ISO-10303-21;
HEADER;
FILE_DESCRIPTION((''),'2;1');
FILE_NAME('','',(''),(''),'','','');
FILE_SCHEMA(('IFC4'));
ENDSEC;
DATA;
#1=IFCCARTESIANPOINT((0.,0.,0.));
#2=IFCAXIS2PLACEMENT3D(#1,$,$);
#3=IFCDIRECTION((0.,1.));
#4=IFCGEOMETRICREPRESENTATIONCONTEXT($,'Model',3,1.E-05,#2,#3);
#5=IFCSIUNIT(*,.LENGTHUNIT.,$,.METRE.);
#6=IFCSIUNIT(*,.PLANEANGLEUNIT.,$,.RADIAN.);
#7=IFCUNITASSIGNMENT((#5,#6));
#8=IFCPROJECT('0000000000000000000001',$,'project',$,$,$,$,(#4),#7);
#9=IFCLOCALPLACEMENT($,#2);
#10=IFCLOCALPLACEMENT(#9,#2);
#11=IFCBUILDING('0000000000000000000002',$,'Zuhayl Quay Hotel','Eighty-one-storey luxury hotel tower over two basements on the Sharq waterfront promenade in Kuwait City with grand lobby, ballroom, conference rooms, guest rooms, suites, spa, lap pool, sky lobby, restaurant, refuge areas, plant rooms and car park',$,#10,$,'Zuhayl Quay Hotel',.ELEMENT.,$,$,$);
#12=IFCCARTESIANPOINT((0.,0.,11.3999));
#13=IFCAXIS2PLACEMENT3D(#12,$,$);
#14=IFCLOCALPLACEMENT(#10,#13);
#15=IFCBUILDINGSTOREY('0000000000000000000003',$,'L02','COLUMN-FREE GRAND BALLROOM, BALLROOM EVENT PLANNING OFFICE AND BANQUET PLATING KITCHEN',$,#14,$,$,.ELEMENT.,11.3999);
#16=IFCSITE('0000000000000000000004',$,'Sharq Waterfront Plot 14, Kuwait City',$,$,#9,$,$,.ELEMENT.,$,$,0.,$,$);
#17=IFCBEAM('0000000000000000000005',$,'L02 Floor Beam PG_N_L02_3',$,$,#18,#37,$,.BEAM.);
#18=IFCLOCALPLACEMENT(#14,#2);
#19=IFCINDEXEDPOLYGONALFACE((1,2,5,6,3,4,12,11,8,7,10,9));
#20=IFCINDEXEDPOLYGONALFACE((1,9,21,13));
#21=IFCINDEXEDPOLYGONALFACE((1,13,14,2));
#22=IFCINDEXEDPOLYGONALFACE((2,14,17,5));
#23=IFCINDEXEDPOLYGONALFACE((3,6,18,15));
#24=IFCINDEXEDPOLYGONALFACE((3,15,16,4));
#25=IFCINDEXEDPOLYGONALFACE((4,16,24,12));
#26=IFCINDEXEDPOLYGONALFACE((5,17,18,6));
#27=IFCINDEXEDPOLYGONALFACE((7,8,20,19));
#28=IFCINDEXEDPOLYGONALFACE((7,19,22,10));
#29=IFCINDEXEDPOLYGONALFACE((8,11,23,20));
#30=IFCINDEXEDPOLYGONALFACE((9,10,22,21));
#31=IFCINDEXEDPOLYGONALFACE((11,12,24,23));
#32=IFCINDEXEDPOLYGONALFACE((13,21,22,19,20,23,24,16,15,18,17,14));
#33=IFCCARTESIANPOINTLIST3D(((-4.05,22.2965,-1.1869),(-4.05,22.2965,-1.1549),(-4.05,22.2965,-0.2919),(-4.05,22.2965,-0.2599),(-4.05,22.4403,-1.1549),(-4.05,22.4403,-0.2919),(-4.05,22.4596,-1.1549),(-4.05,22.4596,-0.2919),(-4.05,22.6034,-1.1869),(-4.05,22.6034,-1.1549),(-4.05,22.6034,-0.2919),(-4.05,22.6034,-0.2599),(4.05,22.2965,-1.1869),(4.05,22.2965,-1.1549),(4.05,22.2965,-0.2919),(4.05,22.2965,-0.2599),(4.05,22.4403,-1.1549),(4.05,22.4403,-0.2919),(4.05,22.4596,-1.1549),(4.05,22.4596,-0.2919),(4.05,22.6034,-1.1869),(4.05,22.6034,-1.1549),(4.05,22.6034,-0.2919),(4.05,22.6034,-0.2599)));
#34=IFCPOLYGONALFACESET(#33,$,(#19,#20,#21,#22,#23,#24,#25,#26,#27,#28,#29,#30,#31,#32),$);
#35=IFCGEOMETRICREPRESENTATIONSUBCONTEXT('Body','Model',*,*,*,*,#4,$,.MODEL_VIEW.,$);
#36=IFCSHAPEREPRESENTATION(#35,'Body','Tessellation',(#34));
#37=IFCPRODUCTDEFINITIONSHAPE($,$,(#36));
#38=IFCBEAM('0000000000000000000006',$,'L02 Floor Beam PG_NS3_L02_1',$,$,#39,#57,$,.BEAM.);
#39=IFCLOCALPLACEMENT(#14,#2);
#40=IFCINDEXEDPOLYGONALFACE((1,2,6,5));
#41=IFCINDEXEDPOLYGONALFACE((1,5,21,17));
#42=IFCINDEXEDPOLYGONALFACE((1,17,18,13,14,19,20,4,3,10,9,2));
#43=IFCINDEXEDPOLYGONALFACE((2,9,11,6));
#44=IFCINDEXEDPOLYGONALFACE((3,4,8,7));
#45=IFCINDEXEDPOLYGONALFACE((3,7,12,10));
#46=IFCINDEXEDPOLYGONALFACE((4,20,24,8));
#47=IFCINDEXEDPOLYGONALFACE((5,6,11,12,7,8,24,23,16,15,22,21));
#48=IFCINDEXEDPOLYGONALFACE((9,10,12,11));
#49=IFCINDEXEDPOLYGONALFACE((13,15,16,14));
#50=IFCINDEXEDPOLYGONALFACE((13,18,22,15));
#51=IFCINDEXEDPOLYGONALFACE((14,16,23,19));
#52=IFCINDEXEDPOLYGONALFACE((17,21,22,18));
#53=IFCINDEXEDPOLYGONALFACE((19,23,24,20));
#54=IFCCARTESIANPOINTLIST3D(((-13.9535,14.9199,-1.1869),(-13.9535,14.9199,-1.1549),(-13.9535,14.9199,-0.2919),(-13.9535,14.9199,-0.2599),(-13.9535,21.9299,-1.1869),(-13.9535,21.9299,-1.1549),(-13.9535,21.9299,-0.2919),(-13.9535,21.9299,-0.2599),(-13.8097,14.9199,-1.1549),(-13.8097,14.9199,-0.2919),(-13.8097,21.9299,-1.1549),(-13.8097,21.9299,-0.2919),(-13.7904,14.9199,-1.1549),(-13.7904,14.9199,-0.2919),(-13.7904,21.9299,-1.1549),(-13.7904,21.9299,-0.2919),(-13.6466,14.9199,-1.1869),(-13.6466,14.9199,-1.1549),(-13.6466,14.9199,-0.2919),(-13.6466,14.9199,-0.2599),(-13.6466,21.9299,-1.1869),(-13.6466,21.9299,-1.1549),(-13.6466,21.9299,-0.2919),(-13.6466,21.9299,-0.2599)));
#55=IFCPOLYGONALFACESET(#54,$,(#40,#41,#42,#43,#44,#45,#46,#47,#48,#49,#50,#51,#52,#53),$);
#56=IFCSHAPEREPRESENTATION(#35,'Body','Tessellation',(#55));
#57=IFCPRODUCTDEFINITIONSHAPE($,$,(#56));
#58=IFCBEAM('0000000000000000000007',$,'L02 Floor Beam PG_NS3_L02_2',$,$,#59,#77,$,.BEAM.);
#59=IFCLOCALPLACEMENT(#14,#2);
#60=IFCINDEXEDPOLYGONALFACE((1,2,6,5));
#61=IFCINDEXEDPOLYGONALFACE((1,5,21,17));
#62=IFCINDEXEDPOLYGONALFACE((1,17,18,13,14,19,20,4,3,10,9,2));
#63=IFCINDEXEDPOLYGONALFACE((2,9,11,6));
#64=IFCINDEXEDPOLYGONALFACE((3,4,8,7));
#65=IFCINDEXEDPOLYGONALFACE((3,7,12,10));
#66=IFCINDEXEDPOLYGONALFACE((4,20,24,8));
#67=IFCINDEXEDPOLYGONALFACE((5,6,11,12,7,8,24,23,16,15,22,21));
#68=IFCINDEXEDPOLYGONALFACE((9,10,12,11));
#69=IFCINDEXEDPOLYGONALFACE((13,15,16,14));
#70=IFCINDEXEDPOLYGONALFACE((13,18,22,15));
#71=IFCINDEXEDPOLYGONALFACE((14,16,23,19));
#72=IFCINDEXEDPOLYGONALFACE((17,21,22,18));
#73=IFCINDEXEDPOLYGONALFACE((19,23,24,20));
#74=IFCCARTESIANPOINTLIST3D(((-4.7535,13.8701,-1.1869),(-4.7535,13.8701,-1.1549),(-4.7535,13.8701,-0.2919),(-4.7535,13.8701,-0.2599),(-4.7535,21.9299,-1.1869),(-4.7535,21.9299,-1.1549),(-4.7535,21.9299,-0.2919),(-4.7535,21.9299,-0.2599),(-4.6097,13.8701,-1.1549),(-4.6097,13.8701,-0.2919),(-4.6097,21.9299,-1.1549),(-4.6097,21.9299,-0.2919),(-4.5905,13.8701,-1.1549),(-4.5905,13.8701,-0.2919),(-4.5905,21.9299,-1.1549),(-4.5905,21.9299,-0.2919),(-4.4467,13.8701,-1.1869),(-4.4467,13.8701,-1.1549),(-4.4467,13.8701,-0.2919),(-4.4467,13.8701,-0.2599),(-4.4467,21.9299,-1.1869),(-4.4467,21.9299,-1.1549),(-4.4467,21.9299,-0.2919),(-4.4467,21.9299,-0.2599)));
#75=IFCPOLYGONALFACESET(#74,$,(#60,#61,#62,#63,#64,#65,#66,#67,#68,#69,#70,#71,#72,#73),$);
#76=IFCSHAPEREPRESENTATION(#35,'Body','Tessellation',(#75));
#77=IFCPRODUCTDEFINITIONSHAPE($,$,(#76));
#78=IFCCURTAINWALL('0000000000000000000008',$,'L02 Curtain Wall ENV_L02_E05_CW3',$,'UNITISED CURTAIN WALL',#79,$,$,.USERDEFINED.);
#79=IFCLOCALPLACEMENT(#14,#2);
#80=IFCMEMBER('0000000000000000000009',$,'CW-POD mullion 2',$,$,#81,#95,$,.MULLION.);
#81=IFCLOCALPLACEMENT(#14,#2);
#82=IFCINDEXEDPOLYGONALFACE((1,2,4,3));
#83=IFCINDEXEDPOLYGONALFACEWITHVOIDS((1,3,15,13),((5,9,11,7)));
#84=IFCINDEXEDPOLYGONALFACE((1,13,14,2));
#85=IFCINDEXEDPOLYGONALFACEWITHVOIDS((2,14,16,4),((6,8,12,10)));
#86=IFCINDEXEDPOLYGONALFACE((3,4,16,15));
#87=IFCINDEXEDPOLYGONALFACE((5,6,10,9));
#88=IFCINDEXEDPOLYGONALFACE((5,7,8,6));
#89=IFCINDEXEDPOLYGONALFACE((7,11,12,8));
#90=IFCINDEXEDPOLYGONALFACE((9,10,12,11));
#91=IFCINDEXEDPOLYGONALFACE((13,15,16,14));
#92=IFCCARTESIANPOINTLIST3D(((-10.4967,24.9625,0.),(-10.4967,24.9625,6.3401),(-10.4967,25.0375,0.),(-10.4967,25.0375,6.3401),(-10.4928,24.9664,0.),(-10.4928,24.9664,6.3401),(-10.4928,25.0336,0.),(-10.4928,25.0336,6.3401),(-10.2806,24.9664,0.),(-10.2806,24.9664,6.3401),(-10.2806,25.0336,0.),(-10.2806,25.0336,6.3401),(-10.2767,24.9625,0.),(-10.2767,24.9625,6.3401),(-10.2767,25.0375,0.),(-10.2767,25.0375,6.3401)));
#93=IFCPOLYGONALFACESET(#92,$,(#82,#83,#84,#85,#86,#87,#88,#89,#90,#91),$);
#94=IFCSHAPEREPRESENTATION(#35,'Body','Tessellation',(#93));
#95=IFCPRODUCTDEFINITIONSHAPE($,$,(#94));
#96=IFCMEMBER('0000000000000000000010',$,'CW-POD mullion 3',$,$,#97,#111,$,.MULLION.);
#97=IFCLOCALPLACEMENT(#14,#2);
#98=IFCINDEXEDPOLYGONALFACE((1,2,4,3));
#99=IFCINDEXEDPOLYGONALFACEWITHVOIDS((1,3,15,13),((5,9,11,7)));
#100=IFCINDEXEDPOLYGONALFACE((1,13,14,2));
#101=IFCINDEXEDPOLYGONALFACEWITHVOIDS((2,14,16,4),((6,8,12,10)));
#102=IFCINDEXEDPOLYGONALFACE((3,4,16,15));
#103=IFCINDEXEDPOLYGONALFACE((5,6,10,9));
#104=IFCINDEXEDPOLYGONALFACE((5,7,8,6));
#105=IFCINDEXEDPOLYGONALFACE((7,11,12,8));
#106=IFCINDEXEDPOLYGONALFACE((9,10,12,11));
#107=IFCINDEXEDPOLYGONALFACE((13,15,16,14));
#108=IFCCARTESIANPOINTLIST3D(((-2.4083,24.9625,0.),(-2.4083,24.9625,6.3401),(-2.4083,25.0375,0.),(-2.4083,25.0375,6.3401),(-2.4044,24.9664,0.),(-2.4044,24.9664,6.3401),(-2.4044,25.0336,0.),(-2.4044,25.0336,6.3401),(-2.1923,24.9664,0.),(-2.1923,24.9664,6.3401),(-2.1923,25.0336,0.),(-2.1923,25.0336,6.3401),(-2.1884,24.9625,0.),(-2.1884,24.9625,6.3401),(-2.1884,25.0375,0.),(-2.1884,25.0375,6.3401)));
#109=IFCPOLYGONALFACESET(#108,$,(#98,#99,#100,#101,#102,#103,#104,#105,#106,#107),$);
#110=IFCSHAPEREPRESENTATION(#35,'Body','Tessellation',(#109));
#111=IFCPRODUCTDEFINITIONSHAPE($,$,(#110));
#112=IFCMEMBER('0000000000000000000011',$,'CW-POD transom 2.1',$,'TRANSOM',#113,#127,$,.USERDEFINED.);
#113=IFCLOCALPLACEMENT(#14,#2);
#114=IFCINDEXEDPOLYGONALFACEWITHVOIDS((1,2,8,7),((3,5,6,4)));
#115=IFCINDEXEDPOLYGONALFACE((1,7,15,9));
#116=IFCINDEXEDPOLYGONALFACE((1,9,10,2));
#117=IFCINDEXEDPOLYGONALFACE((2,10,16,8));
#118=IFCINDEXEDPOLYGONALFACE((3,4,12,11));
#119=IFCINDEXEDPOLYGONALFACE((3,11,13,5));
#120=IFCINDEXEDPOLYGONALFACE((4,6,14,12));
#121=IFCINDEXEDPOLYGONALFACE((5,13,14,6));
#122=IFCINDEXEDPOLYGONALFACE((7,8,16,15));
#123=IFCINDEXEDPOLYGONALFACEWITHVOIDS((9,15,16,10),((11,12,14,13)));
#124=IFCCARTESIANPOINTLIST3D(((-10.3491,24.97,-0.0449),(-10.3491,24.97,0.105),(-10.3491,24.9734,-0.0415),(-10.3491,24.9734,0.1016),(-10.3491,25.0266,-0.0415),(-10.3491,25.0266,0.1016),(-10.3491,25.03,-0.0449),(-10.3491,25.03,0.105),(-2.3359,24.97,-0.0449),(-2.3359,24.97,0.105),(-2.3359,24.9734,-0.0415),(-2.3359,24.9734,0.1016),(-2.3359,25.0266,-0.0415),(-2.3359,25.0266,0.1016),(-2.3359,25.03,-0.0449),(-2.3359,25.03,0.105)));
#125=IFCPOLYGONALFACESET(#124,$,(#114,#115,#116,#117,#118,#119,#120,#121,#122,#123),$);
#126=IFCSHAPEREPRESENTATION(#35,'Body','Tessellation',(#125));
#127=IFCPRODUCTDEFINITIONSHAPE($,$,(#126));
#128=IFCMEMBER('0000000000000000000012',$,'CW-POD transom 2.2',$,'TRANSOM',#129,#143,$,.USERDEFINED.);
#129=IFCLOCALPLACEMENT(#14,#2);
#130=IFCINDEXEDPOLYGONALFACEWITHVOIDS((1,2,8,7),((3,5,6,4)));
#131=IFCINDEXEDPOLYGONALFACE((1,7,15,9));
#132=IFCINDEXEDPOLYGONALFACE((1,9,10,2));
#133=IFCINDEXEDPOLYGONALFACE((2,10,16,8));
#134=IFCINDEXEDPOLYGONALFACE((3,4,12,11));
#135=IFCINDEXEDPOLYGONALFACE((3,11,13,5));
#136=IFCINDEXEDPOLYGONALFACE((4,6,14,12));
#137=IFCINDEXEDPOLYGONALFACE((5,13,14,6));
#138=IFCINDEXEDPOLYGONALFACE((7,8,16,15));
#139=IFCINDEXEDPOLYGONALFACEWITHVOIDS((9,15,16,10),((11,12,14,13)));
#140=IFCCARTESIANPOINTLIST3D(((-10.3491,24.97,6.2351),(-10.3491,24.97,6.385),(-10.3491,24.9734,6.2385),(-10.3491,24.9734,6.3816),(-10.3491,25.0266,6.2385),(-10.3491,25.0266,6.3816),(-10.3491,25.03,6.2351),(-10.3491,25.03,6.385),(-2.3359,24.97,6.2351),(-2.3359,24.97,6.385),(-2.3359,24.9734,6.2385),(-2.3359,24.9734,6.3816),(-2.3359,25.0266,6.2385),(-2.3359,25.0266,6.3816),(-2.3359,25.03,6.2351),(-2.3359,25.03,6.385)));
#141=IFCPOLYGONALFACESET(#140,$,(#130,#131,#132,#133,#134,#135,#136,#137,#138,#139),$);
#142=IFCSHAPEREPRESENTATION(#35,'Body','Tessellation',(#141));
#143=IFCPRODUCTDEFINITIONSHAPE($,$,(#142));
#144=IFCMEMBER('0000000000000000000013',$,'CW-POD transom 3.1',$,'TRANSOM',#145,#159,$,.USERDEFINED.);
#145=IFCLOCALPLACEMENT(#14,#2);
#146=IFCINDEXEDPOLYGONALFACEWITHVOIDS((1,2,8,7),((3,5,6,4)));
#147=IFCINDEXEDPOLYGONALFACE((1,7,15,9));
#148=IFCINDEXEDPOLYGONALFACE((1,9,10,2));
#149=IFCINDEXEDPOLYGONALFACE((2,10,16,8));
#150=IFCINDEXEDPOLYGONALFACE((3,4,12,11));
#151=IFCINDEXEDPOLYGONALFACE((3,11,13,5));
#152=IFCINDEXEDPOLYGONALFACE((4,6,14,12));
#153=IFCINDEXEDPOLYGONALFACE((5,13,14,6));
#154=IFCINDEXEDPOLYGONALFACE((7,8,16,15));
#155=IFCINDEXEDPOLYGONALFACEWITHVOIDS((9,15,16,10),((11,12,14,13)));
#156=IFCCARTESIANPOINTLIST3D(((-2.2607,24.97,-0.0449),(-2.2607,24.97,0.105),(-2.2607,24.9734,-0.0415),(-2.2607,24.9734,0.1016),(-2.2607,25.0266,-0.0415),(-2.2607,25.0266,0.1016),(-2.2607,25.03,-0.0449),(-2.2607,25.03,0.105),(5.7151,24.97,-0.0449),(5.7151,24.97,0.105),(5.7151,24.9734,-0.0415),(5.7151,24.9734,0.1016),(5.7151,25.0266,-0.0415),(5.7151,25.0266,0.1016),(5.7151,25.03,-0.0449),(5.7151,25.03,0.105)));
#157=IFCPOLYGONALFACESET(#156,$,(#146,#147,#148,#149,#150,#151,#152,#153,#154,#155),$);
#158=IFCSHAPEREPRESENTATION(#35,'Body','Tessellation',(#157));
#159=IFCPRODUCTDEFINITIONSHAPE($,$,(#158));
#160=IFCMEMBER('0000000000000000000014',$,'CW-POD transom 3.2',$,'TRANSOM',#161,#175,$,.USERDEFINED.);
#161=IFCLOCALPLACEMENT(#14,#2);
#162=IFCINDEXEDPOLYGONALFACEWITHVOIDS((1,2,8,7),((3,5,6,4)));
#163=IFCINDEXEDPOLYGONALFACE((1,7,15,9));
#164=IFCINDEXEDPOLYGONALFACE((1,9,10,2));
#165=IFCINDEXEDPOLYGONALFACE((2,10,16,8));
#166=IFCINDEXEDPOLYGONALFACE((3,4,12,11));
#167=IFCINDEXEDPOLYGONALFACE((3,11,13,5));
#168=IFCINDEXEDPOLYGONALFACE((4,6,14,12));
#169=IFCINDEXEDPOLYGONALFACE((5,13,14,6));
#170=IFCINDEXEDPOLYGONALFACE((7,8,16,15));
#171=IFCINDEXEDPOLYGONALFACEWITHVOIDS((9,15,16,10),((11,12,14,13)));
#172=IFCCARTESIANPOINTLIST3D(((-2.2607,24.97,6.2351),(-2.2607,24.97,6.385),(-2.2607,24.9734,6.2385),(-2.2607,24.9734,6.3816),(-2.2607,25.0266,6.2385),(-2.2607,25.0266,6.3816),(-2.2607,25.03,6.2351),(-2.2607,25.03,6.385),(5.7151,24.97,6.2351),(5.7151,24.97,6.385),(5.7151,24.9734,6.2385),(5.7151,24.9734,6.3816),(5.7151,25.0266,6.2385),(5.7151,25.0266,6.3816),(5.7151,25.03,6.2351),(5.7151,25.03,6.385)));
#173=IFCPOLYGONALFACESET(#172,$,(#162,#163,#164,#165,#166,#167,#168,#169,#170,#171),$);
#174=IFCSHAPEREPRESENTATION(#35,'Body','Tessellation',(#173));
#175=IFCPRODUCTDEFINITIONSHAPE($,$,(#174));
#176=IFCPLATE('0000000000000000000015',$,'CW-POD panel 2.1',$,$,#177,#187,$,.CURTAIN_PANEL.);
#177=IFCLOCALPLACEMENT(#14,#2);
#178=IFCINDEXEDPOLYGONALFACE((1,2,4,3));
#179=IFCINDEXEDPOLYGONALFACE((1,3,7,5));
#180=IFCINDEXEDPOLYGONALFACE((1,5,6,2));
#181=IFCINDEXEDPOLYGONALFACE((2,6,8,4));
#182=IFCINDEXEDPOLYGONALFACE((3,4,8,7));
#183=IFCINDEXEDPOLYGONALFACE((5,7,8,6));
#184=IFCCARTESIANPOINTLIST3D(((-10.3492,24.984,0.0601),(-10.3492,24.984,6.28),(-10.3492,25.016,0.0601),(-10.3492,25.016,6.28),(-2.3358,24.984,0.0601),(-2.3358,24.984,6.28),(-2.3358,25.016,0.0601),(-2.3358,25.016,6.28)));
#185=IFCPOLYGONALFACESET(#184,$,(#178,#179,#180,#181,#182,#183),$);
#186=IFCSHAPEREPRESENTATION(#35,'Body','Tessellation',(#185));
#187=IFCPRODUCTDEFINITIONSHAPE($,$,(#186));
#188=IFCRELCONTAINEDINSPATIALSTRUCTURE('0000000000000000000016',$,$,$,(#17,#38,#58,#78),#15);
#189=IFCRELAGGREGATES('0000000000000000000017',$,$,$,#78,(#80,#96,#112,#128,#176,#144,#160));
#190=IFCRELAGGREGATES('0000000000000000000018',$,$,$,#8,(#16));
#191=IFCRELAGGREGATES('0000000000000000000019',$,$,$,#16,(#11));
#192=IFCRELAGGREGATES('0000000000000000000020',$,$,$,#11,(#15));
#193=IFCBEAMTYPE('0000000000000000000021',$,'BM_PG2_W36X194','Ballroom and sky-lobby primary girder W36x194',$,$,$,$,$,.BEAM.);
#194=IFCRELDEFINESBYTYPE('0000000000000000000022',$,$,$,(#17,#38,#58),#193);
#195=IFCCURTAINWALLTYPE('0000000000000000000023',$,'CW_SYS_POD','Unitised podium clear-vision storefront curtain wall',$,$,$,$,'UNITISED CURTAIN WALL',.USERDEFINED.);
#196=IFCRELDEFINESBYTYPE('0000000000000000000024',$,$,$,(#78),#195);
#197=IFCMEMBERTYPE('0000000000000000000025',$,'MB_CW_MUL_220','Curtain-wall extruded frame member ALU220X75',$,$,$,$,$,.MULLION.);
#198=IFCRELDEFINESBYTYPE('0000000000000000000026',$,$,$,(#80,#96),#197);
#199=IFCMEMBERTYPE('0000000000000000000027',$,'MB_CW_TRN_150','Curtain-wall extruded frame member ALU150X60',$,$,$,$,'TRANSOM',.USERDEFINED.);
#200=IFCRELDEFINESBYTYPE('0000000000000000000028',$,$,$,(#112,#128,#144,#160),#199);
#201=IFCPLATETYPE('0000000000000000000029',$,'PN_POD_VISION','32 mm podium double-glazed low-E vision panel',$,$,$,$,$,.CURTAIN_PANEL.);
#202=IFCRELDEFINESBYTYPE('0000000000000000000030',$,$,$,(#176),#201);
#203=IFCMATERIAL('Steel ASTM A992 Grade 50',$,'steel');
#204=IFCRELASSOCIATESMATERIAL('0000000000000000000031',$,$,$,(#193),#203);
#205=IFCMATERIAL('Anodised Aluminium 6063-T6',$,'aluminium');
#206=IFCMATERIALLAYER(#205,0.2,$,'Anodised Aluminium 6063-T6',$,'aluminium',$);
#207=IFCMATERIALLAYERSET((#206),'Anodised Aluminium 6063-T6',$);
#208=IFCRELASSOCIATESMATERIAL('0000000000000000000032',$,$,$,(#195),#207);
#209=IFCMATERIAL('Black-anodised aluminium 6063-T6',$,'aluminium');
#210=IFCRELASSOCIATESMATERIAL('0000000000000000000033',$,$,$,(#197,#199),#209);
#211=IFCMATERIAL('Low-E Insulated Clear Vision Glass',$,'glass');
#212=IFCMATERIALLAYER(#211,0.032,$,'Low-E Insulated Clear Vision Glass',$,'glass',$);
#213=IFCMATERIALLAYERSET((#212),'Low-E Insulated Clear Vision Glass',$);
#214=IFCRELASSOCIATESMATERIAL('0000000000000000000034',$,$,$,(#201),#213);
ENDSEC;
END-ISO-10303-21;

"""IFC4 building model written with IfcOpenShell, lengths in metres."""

from ifc_helpers import new_model, si_unit, direction, frame, origin, origin_2d, place, context, subcontext, project, spatial, rectangle, hollow_rectangle, i_section, extrude, material, layer, layer_set, material_profile, profile_set, type_object, element, aggregate, save


model = new_model("IFC4")

# Units and contexts
model_context = context("Model", 3, precision=1e-05, world=origin(), true_north=direction((0.0, 1.0)))
body_context = subcontext(model_context, "Body", "Model", "MODEL_VIEW")
ifc_project = project(units=[si_unit("LENGTHUNIT", "METRE"), si_unit("PLANEANGLEUNIT", "RADIAN")], contexts=[model_context])

# Site, building, storey
site_placement = place(None, origin())
site = spatial("IfcSite", under=ifc_project, at=site_placement, Name="Sharq Waterfront Plot 14, Kuwait City", CompositionType="ELEMENT", RefElevation=0.0)
building_placement = place(site_placement, origin())
building = spatial("IfcBuilding", under=site, at=building_placement, Name="Zuhayl Quay Hotel", Description="Eighty-one-storey luxury hotel tower over two basements on the Sharq waterfront promenade in Kuwait City with grand lobby, ballroom, conference rooms, guest rooms, suites, spa, lap pool, sky lobby, restaurant, refuge areas, plant rooms and car park", LongName="Zuhayl Quay Hotel", CompositionType="ELEMENT")
storey_placement = place(building_placement, frame((0.0, 0.0, 11.3999)))
storey = spatial("IfcBuildingStorey", under=building, at=storey_placement, Name="L02", Description="COLUMN-FREE GRAND BALLROOM, BALLROOM EVENT PLANNING OFFICE AND BANQUET PLATING KITCHEN", CompositionType="ELEMENT", Elevation=11.3999)

# Beams
ifc_material_1 = material(Name="Steel ASTM A992 Grade 50", Category="steel")
ifc_material_profile_1 = material_profile(ifc_material_1, i_section(OverallWidth=0.3069, OverallDepth=0.927, WebThickness=0.0193, FlangeThickness=0.032, at=origin_2d()), Name="W36X194")
ifc_profile_set_1 = profile_set([ifc_material_profile_1], Name="Steel ASTM A992 Grade 50")
beam_type_1 = type_object("IfcBeamType", Name="BM_PG2_W36X194", Description="Ballroom and sky-lobby primary girder W36x194", PredefinedType="BEAM", material=ifc_profile_set_1)
for number, where, z_axis, x_axis, name in (
    (1, (-4.05, 22.45, -0.7234), (1.0, 0.0, 0.0), (0.0, 1.0, 0.0), "L02 Floor Beam PG_N_L02_3"),
):
    element("IfcBeam", number, at=place(storey_placement, frame(where, z_axis=z_axis, x_axis=x_axis)), inside=storey, type_object=beam_type_1, Name=name, PredefinedType="BEAM", context=body_context, shape_type="SweptSolid", body=[
        extrude(i_section(OverallWidth=0.3069, OverallDepth=0.927, WebThickness=0.0193, FlangeThickness=0.032, at=origin_2d()), origin(), (0.0, 0.0, 1.0), 8.1001),
    ])
beam_1_placement = place(storey_placement, frame((-13.8, 14.9199, -0.7234), z_axis=(0.0, 1.0, 0.0), x_axis=(-1.0, 0.0, 0.0)))
element("IfcBeam", 2, at=beam_1_placement, inside=storey, type_object=beam_type_1, Name="L02 Floor Beam PG_NS3_L02_1", PredefinedType="BEAM", context=body_context, shape_type="SweptSolid", body=[
    extrude(i_section(OverallWidth=0.3069, OverallDepth=0.927, WebThickness=0.0193, FlangeThickness=0.032, at=origin_2d()), origin(), (0.0, 0.0, 1.0), 7.01),
])
beam_2_placement = place(storey_placement, frame((-4.6001, 13.8701, -0.7234), z_axis=(0.0, 1.0, 0.0), x_axis=(-1.0, 0.0, 0.0)))
element("IfcBeam", 3, at=beam_2_placement, inside=storey, type_object=beam_type_1, Name="L02 Floor Beam PG_NS3_L02_2", PredefinedType="BEAM", context=body_context, shape_type="SweptSolid", body=[
    extrude(i_section(OverallWidth=0.3069, OverallDepth=0.927, WebThickness=0.0193, FlangeThickness=0.032, at=origin_2d()), origin(), (0.0, 0.0, 1.0), 8.0598),
])

# Curtain wall, members, plate
ifc_material_2 = material(Name="Anodised Aluminium 6063-T6", Category="aluminium")
ifc_layer_1 = layer(ifc_material_2, 0.2, Name="Anodised Aluminium 6063-T6", Category="aluminium")
ifc_layer_set_1 = layer_set([ifc_layer_1], Name="Anodised Aluminium 6063-T6")
curtain_wall_type = type_object("IfcCurtainWallType", Name="CW_SYS_POD", Description="Unitised podium clear-vision storefront curtain wall", ElementType="UNITISED CURTAIN WALL", PredefinedType="USERDEFINED", material=ifc_layer_set_1)
curtain_wall_placement = place(storey_placement, origin())
curtain_wall = element("IfcCurtainWall", 4, at=curtain_wall_placement, inside=storey, type_object=curtain_wall_type, Name="L02 Curtain Wall ENV_L02_E05_CW3", ObjectType="UNITISED CURTAIN WALL", PredefinedType="USERDEFINED")
ifc_material_3 = material(Name="Black-anodised aluminium 6063-T6", Category="aluminium")
ifc_material_profile_2 = material_profile(ifc_material_3, hollow_rectangle(XDim=0.075, YDim=0.22, WallThickness=0.0039, at=origin_2d()), Name="ALU220X75")
ifc_profile_set_2 = profile_set([ifc_material_profile_2], Name="Black-anodised aluminium 6063-T6")
member_type_1 = type_object("IfcMemberType", Name="MB_CW_MUL_220", Description="Curtain-wall extruded frame member ALU220X75", PredefinedType="MULLION", material=ifc_profile_set_2)
member_1_placement = place(storey_placement, frame((-10.3867, 25.0, 0.0), z_axis=(0.0, 0.0, 1.0), x_axis=(0.0, 1.0, 0.0)))
member_1 = element("IfcMember", 5, at=member_1_placement, type_object=member_type_1, Name="CW-POD mullion 2", PredefinedType="MULLION", context=body_context, shape_type="SweptSolid", body=[
    extrude(hollow_rectangle(XDim=0.075, YDim=0.22, WallThickness=0.0039, at=origin_2d()), origin(), (0.0, 0.0, 1.0), 6.3401),
])
member_2_placement = place(storey_placement, frame((-2.2983, 25.0, 0.0), z_axis=(0.0, 0.0, 1.0), x_axis=(0.0, 1.0, 0.0)))
member_2 = element("IfcMember", 6, at=member_2_placement, type_object=member_type_1, Name="CW-POD mullion 3", PredefinedType="MULLION", context=body_context, shape_type="SweptSolid", body=[
    extrude(hollow_rectangle(XDim=0.075, YDim=0.22, WallThickness=0.0039, at=origin_2d()), origin(), (0.0, 0.0, 1.0), 6.3401),
])
ifc_material_profile_3 = material_profile(ifc_material_3, hollow_rectangle(XDim=0.0601, YDim=0.1499, WallThickness=0.0034, at=origin_2d()), Name="ALU150X60")
ifc_profile_set_3 = profile_set([ifc_material_profile_3], Name="Black-anodised aluminium 6063-T6")
member_type_2 = type_object("IfcMemberType", Name="MB_CW_TRN_150", Description="Curtain-wall extruded frame member ALU150X60", ElementType="TRANSOM", PredefinedType="USERDEFINED", material=ifc_profile_set_3)
member_3_placement = place(storey_placement, frame((-10.3491, 25.0, 0.03), z_axis=(1.0, 0.0, 0.0), x_axis=(0.0, 1.0, 0.0)))
member_3 = element("IfcMember", 7, at=member_3_placement, type_object=member_type_2, Name="CW-POD transom 2.1", ObjectType="TRANSOM", PredefinedType="USERDEFINED", context=body_context, shape_type="SweptSolid", body=[
    extrude(hollow_rectangle(XDim=0.0601, YDim=0.1499, WallThickness=0.0034, at=origin_2d()), origin(), (0.0, 0.0, 1.0), 8.0132),
])
member_4_placement = place(storey_placement, frame((-10.3491, 25.0, 6.3101), z_axis=(1.0, 0.0, 0.0), x_axis=(0.0, 1.0, 0.0)))
member_4 = element("IfcMember", 8, at=member_4_placement, type_object=member_type_2, Name="CW-POD transom 2.2", ObjectType="TRANSOM", PredefinedType="USERDEFINED", context=body_context, shape_type="SweptSolid", body=[
    extrude(hollow_rectangle(XDim=0.0601, YDim=0.1499, WallThickness=0.0034, at=origin_2d()), origin(), (0.0, 0.0, 1.0), 8.0132),
])
member_5_placement = place(storey_placement, frame((-2.2607, 25.0, 0.03), z_axis=(1.0, 0.0, 0.0), x_axis=(0.0, 1.0, 0.0)))
member_5 = element("IfcMember", 9, at=member_5_placement, type_object=member_type_2, Name="CW-POD transom 3.1", ObjectType="TRANSOM", PredefinedType="USERDEFINED", context=body_context, shape_type="SweptSolid", body=[
    extrude(hollow_rectangle(XDim=0.0601, YDim=0.1499, WallThickness=0.0034, at=origin_2d()), origin(), (0.0, 0.0, 1.0), 7.9758),
])
member_6_placement = place(storey_placement, frame((-2.2607, 25.0, 6.3101), z_axis=(1.0, 0.0, 0.0), x_axis=(0.0, 1.0, 0.0)))
member_6 = element("IfcMember", 10, at=member_6_placement, type_object=member_type_2, Name="CW-POD transom 3.2", ObjectType="TRANSOM", PredefinedType="USERDEFINED", context=body_context, shape_type="SweptSolid", body=[
    extrude(hollow_rectangle(XDim=0.0601, YDim=0.1499, WallThickness=0.0034, at=origin_2d()), origin(), (0.0, 0.0, 1.0), 7.9758),
])
ifc_material_4 = material(Name="Low-E Insulated Clear Vision Glass", Category="glass")
ifc_layer_2 = layer(ifc_material_4, 0.032, Name="Low-E Insulated Clear Vision Glass", Category="glass")
ifc_layer_set_2 = layer_set([ifc_layer_2], Name="Low-E Insulated Clear Vision Glass")
plate_type = type_object("IfcPlateType", Name="PN_POD_VISION", Description="32 mm podium double-glazed low-E vision panel", PredefinedType="CURTAIN_PANEL", material=ifc_layer_set_2)
plate_placement = place(storey_placement, frame((-6.3425, 25.0, 0.0601), z_axis=(0.0, 0.0, 1.0), x_axis=(1.0, 0.0, 0.0)))
plate = element("IfcPlate", 11, at=plate_placement, type_object=plate_type, Name="CW-POD panel 2.1", PredefinedType="CURTAIN_PANEL", context=body_context, shape_type="SweptSolid", body=[
    extrude(rectangle(XDim=8.0134, YDim=0.032, at=origin_2d()), origin(), (0.0, 0.0, 1.0), 6.22),
])
aggregate(curtain_wall, [member_1, member_2, member_3, member_4, plate, member_5, member_6])

save(model, "model.ifc")
